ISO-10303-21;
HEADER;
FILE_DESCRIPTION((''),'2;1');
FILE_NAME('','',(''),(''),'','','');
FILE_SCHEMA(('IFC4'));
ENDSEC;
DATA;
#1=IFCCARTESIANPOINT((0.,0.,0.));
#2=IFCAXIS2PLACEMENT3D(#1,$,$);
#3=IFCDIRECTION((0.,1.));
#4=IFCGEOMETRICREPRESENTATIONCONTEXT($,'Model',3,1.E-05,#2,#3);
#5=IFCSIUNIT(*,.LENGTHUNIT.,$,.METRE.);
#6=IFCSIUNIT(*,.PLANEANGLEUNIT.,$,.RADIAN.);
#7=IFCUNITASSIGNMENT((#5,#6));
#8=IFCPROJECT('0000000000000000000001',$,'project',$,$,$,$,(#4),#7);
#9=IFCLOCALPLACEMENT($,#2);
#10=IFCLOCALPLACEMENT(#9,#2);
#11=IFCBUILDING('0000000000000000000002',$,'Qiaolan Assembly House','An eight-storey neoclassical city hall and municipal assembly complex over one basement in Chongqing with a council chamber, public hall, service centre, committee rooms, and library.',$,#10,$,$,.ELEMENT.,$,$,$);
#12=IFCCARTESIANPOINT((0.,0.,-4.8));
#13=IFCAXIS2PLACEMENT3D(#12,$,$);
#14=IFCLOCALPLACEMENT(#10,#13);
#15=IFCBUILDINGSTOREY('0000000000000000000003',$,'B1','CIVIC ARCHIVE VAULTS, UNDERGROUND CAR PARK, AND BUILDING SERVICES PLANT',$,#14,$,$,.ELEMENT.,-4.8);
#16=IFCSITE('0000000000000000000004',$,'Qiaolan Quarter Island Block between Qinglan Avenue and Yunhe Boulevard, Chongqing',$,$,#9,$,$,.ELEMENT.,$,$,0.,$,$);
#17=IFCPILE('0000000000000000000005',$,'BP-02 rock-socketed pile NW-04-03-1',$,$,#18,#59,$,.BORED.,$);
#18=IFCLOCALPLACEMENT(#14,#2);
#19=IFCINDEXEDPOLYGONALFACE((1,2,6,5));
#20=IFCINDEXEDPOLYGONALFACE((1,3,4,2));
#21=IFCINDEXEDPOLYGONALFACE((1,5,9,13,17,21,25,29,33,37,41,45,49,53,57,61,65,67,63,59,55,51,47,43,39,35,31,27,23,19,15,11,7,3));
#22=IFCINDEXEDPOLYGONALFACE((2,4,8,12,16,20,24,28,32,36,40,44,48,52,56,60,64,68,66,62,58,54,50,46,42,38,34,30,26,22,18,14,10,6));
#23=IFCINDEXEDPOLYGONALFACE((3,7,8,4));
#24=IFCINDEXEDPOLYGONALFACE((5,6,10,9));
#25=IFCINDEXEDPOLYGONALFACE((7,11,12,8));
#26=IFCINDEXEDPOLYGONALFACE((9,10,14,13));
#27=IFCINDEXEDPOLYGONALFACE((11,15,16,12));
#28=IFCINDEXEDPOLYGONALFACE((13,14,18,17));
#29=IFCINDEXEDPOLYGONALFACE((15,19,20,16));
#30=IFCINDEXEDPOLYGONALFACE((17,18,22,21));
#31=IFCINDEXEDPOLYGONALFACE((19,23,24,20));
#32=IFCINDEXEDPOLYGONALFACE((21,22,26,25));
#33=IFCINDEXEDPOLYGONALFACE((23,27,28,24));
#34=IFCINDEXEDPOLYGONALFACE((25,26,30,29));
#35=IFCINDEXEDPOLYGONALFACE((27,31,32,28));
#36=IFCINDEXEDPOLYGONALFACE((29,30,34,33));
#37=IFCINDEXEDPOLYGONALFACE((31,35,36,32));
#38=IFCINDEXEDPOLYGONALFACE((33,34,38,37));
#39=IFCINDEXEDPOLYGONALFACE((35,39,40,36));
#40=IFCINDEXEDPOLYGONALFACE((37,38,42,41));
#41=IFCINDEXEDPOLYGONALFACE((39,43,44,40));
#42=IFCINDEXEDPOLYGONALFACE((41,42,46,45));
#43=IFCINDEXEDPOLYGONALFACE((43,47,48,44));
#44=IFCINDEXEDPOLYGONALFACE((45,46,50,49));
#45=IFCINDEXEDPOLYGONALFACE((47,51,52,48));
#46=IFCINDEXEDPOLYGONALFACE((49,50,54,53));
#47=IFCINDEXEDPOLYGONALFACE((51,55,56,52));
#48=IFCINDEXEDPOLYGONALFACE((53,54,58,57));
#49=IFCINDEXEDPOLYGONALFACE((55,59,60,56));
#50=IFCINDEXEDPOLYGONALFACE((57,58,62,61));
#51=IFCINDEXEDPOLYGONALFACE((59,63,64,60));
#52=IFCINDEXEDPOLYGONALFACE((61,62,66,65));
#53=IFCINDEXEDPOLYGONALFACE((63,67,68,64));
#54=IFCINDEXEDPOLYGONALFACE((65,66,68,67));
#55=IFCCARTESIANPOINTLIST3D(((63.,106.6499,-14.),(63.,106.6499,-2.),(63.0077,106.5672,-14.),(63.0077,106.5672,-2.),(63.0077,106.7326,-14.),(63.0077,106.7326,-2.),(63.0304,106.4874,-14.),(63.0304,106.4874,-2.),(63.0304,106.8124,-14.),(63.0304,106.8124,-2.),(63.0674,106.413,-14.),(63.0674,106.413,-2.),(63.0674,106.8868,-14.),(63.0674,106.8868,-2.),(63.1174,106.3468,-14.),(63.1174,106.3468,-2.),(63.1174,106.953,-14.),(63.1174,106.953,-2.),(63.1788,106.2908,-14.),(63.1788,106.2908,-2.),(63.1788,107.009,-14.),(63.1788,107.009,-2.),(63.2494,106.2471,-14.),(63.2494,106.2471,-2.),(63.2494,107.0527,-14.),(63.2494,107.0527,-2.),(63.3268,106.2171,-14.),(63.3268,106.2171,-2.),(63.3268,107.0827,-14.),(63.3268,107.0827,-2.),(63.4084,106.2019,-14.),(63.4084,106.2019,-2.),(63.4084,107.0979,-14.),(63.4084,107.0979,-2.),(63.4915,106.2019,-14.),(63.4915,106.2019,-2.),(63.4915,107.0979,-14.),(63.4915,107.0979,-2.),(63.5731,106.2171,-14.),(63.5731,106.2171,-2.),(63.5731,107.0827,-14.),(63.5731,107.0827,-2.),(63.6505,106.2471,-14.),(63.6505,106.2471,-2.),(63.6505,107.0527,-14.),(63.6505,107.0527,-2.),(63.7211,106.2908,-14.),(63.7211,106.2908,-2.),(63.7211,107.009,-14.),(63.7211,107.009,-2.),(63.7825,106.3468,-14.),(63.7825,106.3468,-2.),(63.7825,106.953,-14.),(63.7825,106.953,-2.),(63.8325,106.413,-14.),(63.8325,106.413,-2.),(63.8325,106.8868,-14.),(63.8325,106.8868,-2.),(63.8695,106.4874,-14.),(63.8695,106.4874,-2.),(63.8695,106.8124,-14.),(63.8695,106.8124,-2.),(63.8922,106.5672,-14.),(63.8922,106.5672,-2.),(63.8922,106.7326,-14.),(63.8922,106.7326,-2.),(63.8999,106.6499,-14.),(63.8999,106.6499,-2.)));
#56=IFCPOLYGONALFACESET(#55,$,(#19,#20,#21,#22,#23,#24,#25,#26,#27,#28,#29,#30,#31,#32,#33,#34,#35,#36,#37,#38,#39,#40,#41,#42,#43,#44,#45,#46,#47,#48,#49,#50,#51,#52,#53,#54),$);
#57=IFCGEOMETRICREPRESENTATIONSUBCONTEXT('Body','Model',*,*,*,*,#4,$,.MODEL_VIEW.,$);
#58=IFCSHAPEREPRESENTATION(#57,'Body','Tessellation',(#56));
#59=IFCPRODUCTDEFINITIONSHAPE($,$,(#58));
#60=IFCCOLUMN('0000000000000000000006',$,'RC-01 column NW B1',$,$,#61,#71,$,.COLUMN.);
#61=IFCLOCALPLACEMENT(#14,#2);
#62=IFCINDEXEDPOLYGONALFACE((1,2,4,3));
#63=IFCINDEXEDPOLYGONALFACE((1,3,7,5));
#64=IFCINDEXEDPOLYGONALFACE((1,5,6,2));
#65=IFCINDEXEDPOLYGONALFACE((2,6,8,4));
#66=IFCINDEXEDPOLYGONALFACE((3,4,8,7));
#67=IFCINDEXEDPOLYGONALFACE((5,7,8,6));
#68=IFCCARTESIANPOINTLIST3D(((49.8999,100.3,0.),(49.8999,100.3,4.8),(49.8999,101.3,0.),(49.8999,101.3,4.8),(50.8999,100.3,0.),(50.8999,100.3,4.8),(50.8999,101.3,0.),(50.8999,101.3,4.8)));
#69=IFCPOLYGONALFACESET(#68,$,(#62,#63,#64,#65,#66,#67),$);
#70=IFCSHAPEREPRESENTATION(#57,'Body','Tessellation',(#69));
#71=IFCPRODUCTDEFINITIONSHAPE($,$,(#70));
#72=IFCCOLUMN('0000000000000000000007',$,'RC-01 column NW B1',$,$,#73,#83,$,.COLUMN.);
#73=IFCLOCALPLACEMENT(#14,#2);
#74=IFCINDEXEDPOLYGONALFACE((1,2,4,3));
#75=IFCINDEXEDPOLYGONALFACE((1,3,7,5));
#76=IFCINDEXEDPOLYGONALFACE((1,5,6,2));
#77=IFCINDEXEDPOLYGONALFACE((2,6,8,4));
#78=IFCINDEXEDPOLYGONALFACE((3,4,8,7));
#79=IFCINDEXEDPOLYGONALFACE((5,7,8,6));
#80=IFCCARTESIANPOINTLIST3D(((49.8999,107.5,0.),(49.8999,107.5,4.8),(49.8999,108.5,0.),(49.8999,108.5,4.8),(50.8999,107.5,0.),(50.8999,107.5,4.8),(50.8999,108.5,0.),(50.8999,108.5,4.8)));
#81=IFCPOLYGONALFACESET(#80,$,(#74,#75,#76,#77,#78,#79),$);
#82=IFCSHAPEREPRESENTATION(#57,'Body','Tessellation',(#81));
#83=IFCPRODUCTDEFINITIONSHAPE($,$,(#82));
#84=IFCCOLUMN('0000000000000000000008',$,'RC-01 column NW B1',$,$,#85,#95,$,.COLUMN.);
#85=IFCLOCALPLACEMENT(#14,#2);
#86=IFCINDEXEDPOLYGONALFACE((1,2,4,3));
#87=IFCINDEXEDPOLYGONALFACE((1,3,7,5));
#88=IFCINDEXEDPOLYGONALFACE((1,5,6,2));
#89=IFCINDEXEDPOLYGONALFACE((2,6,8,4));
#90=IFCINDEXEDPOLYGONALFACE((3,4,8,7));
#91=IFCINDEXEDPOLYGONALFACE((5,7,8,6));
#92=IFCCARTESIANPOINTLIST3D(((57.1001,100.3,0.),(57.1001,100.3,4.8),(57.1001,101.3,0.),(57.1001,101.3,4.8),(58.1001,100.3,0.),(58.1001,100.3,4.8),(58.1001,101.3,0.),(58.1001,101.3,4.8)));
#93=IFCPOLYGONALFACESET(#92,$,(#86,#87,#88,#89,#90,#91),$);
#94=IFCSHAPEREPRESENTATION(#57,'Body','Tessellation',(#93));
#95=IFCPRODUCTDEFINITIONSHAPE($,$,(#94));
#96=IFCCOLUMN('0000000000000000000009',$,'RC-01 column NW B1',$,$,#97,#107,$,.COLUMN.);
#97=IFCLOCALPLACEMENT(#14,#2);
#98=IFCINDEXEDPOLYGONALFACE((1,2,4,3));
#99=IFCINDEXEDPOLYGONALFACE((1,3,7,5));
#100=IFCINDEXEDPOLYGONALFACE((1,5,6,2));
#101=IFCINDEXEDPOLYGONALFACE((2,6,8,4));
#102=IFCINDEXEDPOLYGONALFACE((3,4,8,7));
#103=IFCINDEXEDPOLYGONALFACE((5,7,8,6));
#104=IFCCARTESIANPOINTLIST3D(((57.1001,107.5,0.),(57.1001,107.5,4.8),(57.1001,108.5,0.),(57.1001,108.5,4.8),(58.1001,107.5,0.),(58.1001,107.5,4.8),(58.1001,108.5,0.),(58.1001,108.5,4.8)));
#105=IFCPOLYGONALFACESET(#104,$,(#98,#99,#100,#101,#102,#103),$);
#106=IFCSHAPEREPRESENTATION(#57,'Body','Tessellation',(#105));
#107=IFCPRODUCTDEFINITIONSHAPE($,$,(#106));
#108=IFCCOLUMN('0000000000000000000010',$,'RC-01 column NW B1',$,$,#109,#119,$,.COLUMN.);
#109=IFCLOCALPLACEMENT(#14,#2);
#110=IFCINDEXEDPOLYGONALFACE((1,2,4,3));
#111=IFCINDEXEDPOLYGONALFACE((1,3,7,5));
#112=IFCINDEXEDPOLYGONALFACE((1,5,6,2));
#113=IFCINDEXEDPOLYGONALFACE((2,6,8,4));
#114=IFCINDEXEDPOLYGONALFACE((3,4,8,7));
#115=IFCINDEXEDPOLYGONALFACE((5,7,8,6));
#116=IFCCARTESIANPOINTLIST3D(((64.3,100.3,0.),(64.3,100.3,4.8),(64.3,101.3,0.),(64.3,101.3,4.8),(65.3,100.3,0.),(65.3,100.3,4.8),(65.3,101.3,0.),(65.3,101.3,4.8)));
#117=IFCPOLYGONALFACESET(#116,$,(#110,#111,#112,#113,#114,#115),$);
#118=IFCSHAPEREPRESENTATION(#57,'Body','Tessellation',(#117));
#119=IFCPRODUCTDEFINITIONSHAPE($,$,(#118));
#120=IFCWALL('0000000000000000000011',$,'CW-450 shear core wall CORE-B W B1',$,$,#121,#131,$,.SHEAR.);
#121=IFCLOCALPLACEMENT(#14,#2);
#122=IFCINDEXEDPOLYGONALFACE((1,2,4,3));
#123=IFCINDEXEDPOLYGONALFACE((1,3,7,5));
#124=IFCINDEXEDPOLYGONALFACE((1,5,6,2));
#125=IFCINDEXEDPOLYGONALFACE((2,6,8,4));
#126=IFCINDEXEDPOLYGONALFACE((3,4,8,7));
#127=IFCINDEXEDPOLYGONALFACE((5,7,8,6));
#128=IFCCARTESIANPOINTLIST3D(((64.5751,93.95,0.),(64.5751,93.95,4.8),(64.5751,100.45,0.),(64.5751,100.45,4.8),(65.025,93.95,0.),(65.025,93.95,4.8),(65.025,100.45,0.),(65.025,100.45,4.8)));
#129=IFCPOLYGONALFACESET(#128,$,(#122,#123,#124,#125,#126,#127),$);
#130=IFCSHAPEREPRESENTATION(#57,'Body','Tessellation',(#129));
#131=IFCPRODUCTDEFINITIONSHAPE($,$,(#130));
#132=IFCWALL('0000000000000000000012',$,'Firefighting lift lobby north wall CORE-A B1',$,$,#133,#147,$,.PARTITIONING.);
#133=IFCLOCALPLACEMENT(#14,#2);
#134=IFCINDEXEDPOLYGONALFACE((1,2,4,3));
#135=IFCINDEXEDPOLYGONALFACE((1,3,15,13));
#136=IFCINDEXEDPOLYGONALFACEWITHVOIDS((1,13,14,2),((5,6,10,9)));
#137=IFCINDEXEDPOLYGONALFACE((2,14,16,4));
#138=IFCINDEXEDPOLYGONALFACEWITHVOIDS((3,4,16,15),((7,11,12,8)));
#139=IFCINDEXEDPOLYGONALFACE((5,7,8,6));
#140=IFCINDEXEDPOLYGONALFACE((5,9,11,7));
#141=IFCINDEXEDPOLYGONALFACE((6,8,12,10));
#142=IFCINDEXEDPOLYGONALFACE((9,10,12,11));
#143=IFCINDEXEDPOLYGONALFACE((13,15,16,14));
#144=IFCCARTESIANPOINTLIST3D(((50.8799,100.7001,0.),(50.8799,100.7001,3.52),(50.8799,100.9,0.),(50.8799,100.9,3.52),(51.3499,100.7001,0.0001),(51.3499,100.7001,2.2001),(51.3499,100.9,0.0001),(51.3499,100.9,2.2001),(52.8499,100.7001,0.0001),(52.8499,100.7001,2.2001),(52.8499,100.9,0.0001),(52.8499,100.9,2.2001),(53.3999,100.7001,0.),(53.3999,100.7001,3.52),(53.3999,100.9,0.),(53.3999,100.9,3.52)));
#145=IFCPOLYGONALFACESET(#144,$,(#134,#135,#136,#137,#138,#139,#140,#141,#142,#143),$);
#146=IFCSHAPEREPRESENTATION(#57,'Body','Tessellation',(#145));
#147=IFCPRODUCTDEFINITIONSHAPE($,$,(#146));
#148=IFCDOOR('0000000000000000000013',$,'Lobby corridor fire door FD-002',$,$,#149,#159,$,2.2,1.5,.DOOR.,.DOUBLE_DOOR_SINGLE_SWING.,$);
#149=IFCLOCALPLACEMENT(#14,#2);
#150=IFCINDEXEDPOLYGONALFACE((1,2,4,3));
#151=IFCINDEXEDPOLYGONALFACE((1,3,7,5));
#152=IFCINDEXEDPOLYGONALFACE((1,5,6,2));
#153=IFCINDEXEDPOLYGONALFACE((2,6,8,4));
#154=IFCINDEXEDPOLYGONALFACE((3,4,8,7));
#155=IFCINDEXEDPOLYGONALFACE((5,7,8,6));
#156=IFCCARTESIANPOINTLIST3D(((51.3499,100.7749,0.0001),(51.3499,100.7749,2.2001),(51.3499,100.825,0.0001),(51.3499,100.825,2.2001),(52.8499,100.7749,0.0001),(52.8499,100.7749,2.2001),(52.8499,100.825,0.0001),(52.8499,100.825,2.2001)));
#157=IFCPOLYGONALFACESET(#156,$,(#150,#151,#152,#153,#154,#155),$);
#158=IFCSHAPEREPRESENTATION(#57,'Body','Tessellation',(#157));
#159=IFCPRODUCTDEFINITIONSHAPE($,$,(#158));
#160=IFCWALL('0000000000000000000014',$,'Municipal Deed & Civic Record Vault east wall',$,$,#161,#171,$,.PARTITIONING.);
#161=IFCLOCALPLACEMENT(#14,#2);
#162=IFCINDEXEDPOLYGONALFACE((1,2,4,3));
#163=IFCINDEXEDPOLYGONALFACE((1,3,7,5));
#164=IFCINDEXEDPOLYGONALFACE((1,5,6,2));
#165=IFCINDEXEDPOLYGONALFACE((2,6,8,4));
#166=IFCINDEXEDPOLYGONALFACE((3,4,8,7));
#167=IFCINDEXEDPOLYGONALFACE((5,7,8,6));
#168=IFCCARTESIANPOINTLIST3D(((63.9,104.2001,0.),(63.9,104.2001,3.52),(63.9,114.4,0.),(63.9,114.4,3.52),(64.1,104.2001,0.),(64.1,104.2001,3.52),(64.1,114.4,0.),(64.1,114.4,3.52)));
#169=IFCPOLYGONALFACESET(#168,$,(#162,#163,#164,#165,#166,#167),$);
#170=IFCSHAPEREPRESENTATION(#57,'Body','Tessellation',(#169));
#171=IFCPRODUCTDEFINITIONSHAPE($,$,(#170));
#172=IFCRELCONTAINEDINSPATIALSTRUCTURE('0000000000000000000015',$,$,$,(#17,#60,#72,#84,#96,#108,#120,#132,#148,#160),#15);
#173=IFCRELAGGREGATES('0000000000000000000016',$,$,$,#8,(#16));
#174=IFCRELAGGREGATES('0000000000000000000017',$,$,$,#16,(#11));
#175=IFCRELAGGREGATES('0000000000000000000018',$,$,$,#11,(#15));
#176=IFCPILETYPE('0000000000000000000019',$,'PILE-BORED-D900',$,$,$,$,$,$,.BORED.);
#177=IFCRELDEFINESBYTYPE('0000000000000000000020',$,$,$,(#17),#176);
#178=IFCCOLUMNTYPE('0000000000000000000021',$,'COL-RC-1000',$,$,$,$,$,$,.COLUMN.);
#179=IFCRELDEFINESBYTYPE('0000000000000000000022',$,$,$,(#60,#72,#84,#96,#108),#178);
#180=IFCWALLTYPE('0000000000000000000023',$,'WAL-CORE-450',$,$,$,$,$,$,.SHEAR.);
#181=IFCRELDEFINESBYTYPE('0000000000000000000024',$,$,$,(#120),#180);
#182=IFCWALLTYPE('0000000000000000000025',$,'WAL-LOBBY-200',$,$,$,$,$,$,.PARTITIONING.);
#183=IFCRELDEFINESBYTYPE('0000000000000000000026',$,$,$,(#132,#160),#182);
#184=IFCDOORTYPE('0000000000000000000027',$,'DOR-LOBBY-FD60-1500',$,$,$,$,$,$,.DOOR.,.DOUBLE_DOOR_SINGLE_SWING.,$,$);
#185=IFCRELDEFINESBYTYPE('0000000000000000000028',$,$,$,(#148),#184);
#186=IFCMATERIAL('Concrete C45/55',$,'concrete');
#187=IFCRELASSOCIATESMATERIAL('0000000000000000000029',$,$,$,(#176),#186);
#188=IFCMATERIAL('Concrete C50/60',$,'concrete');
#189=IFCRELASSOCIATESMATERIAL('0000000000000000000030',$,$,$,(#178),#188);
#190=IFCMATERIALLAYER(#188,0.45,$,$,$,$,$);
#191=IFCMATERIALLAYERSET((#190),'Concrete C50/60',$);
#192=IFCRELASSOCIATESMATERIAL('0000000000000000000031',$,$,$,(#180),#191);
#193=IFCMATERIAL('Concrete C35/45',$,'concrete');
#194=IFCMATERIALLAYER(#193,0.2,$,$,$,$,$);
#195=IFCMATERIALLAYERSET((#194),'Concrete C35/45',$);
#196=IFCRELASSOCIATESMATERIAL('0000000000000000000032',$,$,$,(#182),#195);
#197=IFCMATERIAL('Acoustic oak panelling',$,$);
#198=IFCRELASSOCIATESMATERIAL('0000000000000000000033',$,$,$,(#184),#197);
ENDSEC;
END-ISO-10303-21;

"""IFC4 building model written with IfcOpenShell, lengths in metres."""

from ifc_helpers import new_model, si_unit, direction, frame, frame_2d, origin, origin_2d, place, context, subcontext, project, spatial, rectangle, circle, extrude, material, layer, layer_set, material_profile, profile_set, type_object, element, fill, save


model = new_model("IFC4")

# Units and contexts
model_context = context("Model", 3, precision=1e-05, world=origin(), true_north=direction((0.0, 1.0)))
body_context = subcontext(model_context, "Body", "Model", "MODEL_VIEW")
ifc_project = project(units=[si_unit("LENGTHUNIT", "METRE"), si_unit("PLANEANGLEUNIT", "RADIAN")], contexts=[model_context])

# Site, building, storey
site_placement = place(None, origin())
site = spatial("IfcSite", under=ifc_project, at=site_placement, Name="Qiaolan Quarter Island Block between Qinglan Avenue and Yunhe Boulevard, Chongqing", CompositionType="ELEMENT", RefElevation=0.0)
building_placement = place(site_placement, origin())
building = spatial("IfcBuilding", under=site, at=building_placement, Name="Qiaolan Assembly House", Description="An eight-storey neoclassical city hall and municipal assembly complex over one basement in Chongqing with a council chamber, public hall, service centre, committee rooms, and library.", CompositionType="ELEMENT")
storey_placement = place(building_placement, frame((0.0, 0.0, -4.8)))
storey = spatial("IfcBuildingStorey", under=building, at=storey_placement, Name="B1", Description="CIVIC ARCHIVE VAULTS, UNDERGROUND CAR PARK, AND BUILDING SERVICES PLANT", CompositionType="ELEMENT", Elevation=-4.8)

# Pile
ifc_material_1 = material(Name="Concrete C45/55", Category="concrete")
ifc_material_profile_1 = material_profile(ifc_material_1, circle(Radius=0.45, at=origin_2d()), Name="PILE D900")
ifc_profile_set_1 = profile_set([ifc_material_profile_1], Name="Concrete C45/55")
pile_type_1 = type_object("IfcPileType", Name="PILE-BORED-D900", PredefinedType="BORED", material=ifc_profile_set_1)
for number, where, z_axis, x_axis, name in (
    (1, (63.45, 106.6499, -2.0), (0.0, 0.0, -1.0), (1.0, 0.0, 0.0), "BP-02 rock-socketed pile NW-04-03-1"),
):
    element("IfcPile", number, at=place(storey_placement, frame(where, z_axis=z_axis, x_axis=x_axis)), inside=storey, type_object=pile_type_1, Name=name, PredefinedType="BORED", context=body_context, shape_type="SweptSolid", body=[
        extrude(circle(Radius=0.45, at=origin_2d()), origin(), (0.0, 0.0, 1.0), 12.0),
    ])

# Columns
ifc_material_2 = material(Name="Concrete C50/60", Category="concrete")
ifc_material_profile_2 = material_profile(ifc_material_2, rectangle(XDim=1.0, YDim=1.0, at=origin_2d()), Name="RC 1000x1000")
ifc_profile_set_2 = profile_set([ifc_material_profile_2], Name="Concrete C50/60")
column_type = type_object("IfcColumnType", Name="COL-RC-1000", PredefinedType="COLUMN", material=ifc_profile_set_2)
for number, where, z_axis, x_axis, name in (
    (2, (50.3999, 100.8, 0.0), (0.0, 0.0, 1.0), (1.0, 0.0, 0.0), "RC-01 column NW B1"),
    (3, (50.3999, 108.0, 0.0), (0.0, 0.0, 1.0), (1.0, 0.0, 0.0), "RC-01 column NW B1"),
    (4, (57.6001, 100.8, 0.0), (0.0, 0.0, 1.0), (1.0, 0.0, 0.0), "RC-01 column NW B1"),
    (5, (57.6001, 108.0, 0.0), (0.0, 0.0, 1.0), (1.0, 0.0, 0.0), "RC-01 column NW B1"),
    (6, (64.8, 100.8, 0.0), (0.0, 0.0, 1.0), (1.0, 0.0, 0.0), "RC-01 column NW B1"),
):
    element("IfcColumn", number, at=place(storey_placement, frame(where, z_axis=z_axis, x_axis=x_axis)), inside=storey, type_object=column_type, Name=name, PredefinedType="COLUMN", context=body_context, shape_type="SweptSolid", body=[
        extrude(rectangle(XDim=1.0, YDim=1.0, at=origin_2d()), origin(), (0.0, 0.0, 1.0), 4.8),
    ])

# Wall
ifc_layer_1 = layer(ifc_material_2, 0.45)
ifc_layer_set_1 = layer_set([ifc_layer_1], Name="Concrete C50/60")
wall_type_1 = type_object("IfcWallType", Name="WAL-CORE-450", PredefinedType="SHEAR", material=ifc_layer_set_1)
wall_1_placement = place(storey_placement, frame((64.8, 100.45, 0.0), z_axis=(0.0, 0.0, 1.0), x_axis=(0.0, -1.0, 0.0)))
element("IfcWall", 7, at=wall_1_placement, inside=storey, type_object=wall_type_1, Name="CW-450 shear core wall CORE-B W B1", PredefinedType="SHEAR", context=body_context, shape_type="SweptSolid", body=[
    extrude(rectangle(XDim=6.5, YDim=0.45, at=frame_2d((3.25, 0.0))), origin(), (0.0, 0.0, 1.0), 4.8),
])

# Wall, opening, door
ifc_material_3 = material(Name="Concrete C35/45", Category="concrete")
ifc_layer_2 = layer(ifc_material_3, 0.2)
ifc_layer_set_2 = layer_set([ifc_layer_2], Name="Concrete C35/45")
wall_type_2 = type_object("IfcWallType", Name="WAL-LOBBY-200", PredefinedType="PARTITIONING", material=ifc_layer_set_2)
wall_2_placement = place(storey_placement, frame((53.3999, 100.8, 0.0), z_axis=(0.0, 0.0, 1.0), x_axis=(-1.0, 0.0, 0.0)))
wall_2 = element("IfcWall", 8, at=wall_2_placement, inside=storey, type_object=wall_type_2, Name="Firefighting lift lobby north wall CORE-A B1", PredefinedType="PARTITIONING", context=body_context, shape_type="SweptSolid", body=[
    extrude(rectangle(XDim=2.52, YDim=0.2, at=frame_2d((1.26, 0.0))), origin(), (0.0, 0.0, 1.0), 3.52),
])
opening_placement = place(wall_2_placement, frame((0.55, 0.0, 0.0)))
opening = element("IfcOpeningElement", 9, at=opening_placement, cuts=wall_2, PredefinedType="OPENING", context=body_context, shape_type="SweptSolid", body=[
    extrude(rectangle(XDim=1.5, YDim=2.2, at=frame_2d((0.75, 1.1001))), frame((0.0, 0.1099, 0.0), z_axis=(0.0, -1.0, 0.0), x_axis=(1.0, 0.0, 0.0)), (0.0, 0.0, 1.0), 0.22),
])
ifc_material_4 = material(Name="Acoustic oak panelling")
door_type = type_object("IfcDoorType", Name="DOR-LOBBY-FD60-1500", OperationType="DOUBLE_DOOR_SINGLE_SWING", PredefinedType="DOOR", material=ifc_material_4)
door_placement = place(opening_placement, frame((1.5, 0.0, 0.0), z_axis=(0.0, 0.0, 1.0), x_axis=(-1.0, 0.0, 0.0)))
door = element("IfcDoor", 10, at=door_placement, inside=storey, type_object=door_type, Name="Lobby corridor fire door FD-002", OperationType="DOUBLE_DOOR_SINGLE_SWING", OverallHeight=2.2, OverallWidth=1.5, PredefinedType="DOOR", context=body_context, shape_type="SweptSolid", body=[
    extrude(rectangle(XDim=1.5, YDim=2.2, at=frame_2d((0.75, 1.1001))), frame((0.0, 0.0249, 0.0), z_axis=(0.0, -1.0, 0.0), x_axis=(1.0, 0.0, 0.0)), (0.0, 0.0, 1.0), 0.05),
])
fill(opening, door)

# Wall
wall_3_placement = place(storey_placement, frame((64.0, 104.2, 0.0), z_axis=(0.0, 0.0, 1.0), x_axis=(0.0, 1.0, 0.0)))
element("IfcWall", 11, at=wall_3_placement, inside=storey, type_object=wall_type_2, Name="Municipal Deed & Civic Record Vault east wall", PredefinedType="PARTITIONING", context=body_context, shape_type="SweptSolid", body=[
    extrude(rectangle(XDim=10.2, YDim=0.2, at=frame_2d((5.1001, 0.0))), origin(), (0.0, 0.0, 1.0), 3.52),
])

save(model, "model.ifc")
